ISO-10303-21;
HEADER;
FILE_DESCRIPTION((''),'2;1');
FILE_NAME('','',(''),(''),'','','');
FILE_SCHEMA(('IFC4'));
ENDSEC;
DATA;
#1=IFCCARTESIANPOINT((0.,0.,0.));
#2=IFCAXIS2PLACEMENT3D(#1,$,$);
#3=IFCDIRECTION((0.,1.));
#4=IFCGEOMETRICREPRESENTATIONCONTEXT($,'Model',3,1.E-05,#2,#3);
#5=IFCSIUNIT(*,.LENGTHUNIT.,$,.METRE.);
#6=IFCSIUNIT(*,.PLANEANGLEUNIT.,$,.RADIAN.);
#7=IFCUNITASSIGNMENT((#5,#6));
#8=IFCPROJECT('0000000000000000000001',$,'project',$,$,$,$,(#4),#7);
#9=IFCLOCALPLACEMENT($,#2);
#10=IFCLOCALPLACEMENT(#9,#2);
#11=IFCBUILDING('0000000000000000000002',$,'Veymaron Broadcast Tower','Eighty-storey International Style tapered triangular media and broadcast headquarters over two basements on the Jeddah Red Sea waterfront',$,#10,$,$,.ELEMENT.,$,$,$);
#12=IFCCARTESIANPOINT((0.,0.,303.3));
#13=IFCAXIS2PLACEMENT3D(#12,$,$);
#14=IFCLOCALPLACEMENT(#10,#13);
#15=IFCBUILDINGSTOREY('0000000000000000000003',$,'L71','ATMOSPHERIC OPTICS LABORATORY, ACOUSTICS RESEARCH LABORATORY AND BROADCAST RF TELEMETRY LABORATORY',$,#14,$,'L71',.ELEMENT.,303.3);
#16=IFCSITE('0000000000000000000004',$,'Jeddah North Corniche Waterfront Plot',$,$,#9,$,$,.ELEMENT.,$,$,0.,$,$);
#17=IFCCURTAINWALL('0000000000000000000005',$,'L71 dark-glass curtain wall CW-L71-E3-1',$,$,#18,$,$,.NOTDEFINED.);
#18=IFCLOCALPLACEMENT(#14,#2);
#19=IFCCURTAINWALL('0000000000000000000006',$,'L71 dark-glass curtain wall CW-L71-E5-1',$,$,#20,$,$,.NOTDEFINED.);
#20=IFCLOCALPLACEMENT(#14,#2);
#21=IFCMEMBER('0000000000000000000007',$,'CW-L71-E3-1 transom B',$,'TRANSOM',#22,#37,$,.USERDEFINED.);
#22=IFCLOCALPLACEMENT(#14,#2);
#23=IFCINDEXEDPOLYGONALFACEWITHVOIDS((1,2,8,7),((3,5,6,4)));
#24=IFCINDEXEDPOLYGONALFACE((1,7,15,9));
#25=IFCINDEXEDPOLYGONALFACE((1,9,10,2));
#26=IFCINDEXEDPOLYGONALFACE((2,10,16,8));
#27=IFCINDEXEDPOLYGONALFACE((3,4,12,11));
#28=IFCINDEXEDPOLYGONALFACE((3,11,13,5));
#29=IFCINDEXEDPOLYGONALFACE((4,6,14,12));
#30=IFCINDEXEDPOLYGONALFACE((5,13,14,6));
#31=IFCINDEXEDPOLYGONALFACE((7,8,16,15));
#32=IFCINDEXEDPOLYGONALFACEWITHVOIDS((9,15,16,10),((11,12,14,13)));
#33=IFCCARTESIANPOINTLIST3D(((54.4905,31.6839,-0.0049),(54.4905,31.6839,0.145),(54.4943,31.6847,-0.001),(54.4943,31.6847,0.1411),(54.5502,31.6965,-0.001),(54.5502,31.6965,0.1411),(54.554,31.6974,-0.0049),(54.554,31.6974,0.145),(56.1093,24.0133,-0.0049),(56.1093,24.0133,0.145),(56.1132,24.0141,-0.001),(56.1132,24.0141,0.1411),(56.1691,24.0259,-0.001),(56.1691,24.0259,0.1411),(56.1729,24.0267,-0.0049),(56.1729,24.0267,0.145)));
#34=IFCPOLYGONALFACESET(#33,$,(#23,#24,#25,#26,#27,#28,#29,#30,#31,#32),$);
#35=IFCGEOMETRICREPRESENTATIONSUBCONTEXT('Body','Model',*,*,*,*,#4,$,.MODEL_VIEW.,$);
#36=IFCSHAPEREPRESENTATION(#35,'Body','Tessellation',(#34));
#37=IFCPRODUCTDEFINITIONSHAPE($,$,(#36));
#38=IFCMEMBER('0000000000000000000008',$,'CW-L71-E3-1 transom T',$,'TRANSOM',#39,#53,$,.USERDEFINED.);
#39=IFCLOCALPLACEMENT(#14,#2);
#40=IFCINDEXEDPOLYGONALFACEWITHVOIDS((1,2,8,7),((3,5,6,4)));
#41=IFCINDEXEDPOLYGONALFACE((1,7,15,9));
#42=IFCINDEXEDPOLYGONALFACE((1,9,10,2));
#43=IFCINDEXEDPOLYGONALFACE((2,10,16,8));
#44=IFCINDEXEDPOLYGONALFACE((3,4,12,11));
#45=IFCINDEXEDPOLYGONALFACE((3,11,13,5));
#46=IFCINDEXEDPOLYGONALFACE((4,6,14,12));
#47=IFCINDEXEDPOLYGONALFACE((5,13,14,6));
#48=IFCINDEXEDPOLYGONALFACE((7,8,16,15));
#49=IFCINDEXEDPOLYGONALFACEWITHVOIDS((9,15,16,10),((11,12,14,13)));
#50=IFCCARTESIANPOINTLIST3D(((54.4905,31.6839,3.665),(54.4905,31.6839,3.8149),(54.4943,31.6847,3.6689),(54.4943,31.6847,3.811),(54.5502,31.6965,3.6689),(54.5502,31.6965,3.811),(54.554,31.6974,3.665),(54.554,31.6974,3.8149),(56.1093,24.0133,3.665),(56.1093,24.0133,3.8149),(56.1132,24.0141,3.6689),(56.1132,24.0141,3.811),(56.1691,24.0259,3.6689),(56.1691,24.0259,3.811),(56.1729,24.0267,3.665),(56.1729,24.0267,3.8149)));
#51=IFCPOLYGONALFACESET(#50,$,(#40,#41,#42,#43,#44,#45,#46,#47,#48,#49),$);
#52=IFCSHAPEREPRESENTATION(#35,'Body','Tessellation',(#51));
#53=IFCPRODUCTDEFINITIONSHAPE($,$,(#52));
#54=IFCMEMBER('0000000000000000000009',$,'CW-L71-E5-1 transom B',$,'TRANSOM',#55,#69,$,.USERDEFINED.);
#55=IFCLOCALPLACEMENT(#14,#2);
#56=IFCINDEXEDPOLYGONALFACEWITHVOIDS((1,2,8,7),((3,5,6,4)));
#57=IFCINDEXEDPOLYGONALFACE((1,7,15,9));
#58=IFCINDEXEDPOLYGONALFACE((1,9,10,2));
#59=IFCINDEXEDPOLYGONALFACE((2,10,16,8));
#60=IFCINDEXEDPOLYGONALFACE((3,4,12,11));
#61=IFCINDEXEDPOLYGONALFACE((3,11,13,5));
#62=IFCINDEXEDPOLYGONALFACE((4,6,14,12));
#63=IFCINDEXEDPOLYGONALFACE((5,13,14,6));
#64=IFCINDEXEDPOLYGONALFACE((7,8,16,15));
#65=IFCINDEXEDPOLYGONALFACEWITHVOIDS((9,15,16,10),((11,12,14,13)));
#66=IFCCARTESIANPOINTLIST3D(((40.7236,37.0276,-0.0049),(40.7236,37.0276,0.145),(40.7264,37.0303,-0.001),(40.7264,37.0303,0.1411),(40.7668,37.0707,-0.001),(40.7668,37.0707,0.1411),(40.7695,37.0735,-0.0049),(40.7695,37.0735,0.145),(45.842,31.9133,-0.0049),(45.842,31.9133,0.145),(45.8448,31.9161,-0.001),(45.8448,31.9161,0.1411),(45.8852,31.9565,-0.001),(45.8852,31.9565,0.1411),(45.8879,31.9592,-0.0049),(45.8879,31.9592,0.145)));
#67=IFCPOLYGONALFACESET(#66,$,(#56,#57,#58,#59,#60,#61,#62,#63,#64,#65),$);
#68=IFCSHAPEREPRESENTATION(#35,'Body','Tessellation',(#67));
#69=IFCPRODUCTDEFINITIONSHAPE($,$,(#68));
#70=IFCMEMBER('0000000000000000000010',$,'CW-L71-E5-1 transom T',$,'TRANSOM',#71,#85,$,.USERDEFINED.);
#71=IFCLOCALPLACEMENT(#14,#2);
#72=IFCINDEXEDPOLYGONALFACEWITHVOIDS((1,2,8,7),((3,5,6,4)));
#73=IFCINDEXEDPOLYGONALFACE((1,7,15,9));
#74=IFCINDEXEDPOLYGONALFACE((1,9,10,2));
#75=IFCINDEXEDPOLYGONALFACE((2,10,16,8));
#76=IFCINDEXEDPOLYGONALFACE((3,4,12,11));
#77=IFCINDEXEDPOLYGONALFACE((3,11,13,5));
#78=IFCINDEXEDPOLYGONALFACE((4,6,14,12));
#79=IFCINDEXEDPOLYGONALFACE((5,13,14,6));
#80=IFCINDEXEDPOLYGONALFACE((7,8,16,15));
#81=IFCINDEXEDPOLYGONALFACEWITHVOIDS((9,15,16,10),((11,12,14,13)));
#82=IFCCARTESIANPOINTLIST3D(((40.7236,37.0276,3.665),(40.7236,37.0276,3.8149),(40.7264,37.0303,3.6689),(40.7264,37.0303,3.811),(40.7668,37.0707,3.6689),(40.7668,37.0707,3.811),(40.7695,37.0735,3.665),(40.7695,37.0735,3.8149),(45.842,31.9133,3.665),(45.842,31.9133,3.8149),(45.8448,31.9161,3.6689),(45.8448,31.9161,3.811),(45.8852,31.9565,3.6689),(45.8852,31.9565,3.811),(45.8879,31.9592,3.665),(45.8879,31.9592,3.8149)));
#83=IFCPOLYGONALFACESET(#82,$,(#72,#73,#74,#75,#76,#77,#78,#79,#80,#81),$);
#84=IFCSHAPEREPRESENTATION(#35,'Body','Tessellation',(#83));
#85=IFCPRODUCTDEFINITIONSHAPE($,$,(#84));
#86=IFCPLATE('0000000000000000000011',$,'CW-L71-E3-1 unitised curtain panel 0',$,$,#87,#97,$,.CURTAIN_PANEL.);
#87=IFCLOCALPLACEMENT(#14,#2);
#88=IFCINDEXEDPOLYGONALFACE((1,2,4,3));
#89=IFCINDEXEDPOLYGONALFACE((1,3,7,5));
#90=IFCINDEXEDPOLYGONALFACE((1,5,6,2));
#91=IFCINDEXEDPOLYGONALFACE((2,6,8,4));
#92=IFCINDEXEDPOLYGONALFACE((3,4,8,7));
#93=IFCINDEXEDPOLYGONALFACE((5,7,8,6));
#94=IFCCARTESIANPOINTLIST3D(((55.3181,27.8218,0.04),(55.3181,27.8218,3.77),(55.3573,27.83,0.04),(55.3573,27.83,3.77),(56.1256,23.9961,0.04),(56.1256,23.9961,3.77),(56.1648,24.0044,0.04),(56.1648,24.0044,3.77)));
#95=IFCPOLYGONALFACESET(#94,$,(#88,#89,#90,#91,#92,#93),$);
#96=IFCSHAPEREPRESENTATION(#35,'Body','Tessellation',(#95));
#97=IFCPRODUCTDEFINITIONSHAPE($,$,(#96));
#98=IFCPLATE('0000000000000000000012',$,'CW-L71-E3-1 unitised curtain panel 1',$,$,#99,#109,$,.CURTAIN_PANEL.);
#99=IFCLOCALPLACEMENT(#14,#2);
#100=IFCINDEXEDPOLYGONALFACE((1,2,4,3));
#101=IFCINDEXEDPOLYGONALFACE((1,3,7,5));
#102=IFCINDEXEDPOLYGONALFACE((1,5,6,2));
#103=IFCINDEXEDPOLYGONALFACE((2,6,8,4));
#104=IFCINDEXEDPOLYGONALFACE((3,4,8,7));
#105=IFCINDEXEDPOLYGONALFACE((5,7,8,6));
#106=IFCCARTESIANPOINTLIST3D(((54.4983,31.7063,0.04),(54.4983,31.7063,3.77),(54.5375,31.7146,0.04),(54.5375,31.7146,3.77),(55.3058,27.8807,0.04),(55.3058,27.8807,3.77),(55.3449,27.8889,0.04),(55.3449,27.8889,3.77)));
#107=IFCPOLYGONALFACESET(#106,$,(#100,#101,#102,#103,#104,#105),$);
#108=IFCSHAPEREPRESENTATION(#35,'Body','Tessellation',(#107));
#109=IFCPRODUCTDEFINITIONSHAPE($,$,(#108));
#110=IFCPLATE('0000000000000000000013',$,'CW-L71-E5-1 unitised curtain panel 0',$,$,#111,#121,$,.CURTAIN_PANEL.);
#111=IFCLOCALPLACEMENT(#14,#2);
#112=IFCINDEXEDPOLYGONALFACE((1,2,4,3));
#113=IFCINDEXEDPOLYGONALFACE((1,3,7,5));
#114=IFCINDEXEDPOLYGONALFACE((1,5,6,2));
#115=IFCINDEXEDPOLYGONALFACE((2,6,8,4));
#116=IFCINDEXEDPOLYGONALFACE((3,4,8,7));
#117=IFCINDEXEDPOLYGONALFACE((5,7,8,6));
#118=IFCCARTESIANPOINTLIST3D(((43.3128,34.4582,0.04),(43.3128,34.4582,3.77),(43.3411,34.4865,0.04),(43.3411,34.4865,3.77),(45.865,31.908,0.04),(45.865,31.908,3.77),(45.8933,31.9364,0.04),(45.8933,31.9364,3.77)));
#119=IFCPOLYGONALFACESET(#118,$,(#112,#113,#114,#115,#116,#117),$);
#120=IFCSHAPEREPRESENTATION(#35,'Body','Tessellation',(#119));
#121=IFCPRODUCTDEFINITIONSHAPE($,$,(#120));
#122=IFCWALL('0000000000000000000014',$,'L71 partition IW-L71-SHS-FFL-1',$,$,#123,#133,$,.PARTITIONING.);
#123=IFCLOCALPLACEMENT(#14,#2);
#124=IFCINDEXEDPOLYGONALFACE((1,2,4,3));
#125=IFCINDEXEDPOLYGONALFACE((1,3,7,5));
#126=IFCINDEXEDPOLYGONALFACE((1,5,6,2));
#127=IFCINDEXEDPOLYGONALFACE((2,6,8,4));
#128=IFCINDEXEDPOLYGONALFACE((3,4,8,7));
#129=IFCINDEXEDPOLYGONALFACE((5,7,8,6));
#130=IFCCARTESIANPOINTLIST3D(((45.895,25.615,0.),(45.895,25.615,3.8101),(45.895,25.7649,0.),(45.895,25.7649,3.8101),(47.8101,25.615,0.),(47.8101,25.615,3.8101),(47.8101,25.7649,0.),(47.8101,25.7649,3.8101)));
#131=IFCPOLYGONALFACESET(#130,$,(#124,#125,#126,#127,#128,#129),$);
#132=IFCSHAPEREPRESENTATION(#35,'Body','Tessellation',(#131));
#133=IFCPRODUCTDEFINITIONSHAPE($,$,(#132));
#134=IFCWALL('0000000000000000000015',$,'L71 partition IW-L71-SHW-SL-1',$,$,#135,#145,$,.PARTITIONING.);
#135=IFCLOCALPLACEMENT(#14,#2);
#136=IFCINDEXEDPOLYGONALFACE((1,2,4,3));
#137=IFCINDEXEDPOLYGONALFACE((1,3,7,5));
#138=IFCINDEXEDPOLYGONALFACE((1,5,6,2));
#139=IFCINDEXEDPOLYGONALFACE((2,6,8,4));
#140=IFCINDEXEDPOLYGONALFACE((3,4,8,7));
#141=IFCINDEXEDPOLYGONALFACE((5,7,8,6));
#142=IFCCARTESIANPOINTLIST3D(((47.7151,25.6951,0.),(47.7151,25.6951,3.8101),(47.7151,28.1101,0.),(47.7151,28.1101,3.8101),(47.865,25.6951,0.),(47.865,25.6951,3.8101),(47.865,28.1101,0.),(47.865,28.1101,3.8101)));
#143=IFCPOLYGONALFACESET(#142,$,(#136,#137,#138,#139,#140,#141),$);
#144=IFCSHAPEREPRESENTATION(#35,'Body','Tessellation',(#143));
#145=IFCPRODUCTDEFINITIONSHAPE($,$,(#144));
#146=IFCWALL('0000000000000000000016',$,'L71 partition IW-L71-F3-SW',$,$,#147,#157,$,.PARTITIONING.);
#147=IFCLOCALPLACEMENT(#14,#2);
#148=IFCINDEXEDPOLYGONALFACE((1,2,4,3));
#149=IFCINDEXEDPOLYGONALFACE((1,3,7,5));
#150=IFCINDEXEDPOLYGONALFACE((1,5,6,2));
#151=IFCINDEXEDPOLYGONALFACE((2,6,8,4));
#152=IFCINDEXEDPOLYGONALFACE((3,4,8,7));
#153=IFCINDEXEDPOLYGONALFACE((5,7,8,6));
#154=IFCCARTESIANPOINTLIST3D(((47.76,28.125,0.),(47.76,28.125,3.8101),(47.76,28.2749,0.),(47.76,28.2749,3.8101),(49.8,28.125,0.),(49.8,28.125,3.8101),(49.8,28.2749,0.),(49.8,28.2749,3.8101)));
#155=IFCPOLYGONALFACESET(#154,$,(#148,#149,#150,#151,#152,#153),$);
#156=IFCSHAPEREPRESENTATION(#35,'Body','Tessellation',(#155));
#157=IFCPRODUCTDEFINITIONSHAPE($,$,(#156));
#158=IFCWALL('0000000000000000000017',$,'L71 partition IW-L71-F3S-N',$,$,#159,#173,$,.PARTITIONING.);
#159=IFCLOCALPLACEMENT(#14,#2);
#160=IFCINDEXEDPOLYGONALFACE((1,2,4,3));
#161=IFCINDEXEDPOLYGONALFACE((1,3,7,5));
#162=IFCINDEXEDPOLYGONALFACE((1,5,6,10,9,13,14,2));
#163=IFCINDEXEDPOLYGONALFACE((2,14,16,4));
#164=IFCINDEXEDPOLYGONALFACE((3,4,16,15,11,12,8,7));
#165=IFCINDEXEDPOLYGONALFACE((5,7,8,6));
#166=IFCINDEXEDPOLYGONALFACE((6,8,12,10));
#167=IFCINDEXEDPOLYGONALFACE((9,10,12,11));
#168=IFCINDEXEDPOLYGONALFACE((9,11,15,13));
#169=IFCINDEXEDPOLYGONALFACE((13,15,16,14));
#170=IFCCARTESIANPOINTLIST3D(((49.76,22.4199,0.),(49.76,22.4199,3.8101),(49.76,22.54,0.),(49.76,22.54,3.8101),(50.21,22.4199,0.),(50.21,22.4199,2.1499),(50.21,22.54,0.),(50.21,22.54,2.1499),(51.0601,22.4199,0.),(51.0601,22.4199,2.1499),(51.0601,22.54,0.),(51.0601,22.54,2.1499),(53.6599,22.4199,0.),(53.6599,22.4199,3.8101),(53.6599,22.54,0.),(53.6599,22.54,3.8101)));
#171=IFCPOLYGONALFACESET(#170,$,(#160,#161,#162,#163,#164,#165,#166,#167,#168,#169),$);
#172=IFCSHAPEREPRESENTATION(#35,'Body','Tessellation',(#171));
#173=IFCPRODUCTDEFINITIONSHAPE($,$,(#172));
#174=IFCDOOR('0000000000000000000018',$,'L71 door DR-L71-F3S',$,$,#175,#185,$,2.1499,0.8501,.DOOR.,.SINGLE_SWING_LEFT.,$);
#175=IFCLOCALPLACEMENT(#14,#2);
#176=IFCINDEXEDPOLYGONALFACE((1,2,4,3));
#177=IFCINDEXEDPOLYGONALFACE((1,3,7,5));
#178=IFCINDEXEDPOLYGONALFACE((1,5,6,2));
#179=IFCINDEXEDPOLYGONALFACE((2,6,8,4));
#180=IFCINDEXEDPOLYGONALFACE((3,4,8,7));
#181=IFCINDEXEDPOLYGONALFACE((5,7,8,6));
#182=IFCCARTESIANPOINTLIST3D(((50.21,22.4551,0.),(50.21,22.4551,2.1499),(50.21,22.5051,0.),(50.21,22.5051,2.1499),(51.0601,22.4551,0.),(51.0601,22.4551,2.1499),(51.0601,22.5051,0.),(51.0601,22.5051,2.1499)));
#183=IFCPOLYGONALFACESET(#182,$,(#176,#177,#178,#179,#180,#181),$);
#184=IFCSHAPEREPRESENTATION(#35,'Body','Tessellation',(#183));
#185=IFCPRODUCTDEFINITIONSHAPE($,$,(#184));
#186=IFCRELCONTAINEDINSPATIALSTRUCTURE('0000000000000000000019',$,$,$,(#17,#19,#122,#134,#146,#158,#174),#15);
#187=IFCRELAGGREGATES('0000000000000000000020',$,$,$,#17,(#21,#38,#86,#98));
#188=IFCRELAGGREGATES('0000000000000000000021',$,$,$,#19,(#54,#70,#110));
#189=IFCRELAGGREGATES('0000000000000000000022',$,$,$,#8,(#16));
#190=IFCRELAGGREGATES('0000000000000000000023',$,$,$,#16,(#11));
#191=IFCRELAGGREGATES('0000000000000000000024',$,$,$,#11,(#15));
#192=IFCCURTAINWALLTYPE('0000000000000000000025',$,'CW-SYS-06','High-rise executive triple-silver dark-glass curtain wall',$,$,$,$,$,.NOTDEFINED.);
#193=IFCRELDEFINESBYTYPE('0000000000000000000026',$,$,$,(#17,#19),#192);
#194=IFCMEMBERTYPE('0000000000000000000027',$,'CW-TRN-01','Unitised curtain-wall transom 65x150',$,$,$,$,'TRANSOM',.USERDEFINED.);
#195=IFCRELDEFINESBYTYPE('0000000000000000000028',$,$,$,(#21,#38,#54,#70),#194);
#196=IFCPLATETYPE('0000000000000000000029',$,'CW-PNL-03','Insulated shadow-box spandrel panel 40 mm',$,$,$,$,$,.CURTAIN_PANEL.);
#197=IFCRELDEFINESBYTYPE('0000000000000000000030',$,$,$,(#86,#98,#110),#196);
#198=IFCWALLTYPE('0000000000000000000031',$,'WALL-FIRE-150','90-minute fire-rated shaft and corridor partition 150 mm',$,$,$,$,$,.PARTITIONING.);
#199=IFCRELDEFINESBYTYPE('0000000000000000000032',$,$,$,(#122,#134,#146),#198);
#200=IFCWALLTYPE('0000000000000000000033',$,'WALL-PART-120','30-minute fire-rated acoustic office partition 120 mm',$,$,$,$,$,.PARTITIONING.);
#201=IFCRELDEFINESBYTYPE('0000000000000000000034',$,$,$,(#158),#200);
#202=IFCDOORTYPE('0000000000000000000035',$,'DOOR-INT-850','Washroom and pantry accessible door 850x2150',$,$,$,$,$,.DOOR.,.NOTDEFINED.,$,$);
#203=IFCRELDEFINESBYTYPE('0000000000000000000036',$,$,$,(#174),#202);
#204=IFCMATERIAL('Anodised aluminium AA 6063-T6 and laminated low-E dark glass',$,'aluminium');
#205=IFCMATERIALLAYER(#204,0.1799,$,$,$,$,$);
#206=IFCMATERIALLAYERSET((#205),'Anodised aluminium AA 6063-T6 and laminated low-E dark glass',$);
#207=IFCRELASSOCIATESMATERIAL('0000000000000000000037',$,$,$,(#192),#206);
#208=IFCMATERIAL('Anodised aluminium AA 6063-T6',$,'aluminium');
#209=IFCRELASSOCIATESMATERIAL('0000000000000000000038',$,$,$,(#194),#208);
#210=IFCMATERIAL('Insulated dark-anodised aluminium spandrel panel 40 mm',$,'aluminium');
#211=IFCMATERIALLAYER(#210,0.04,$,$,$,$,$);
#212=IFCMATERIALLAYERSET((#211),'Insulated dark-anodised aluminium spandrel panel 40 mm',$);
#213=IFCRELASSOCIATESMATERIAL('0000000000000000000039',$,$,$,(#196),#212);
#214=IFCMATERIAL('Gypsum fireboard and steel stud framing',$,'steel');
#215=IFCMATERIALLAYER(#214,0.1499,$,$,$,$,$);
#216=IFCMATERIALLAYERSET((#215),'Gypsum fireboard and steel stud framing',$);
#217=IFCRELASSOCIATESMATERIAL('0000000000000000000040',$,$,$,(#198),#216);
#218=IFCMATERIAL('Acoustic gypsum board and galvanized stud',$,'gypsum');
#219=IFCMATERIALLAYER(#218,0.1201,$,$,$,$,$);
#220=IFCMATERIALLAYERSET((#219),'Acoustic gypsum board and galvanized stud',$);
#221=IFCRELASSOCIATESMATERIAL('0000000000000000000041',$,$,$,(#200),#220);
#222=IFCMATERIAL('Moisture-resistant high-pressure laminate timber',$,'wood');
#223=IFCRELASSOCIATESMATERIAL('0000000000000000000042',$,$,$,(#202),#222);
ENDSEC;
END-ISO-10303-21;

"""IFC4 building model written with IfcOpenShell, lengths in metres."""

from ifc_helpers import new_model, si_unit, direction, frame, frame_2d, origin, origin_2d, place, context, subcontext, project, spatial, rectangle, hollow_rectangle, extrude, material, layer, layer_set, material_profile, profile_set, type_object, element, fill, aggregate, save


model = new_model("IFC4")

# Units and contexts
model_context = context("Model", 3, precision=1e-05, world=origin(), true_north=direction((0.0, 1.0)))
body_context = subcontext(model_context, "Body", "Model", "MODEL_VIEW")
ifc_project = project(units=[si_unit("LENGTHUNIT", "METRE"), si_unit("PLANEANGLEUNIT", "RADIAN")], contexts=[model_context])

# Site, building, storey
site_placement = place(None, origin())
site = spatial("IfcSite", under=ifc_project, at=site_placement, Name="Jeddah North Corniche Waterfront Plot", CompositionType="ELEMENT", RefElevation=0.0)
building_placement = place(site_placement, origin())
building = spatial("IfcBuilding", under=site, at=building_placement, Name="Veymaron Broadcast Tower", Description="Eighty-storey International Style tapered triangular media and broadcast headquarters over two basements on the Jeddah Red Sea waterfront", CompositionType="ELEMENT")
storey_placement = place(building_placement, frame((0.0, 0.0, 303.3)))
storey = spatial("IfcBuildingStorey", under=building, at=storey_placement, Name="L71", Description="ATMOSPHERIC OPTICS LABORATORY, ACOUSTICS RESEARCH LABORATORY AND BROADCAST RF TELEMETRY LABORATORY", LongName="L71", CompositionType="ELEMENT", Elevation=303.3)

# Shared definitions
ifc_material_1 = material(Name="Anodised aluminium AA 6063-T6 and laminated low-E dark glass", Category="aluminium")
ifc_layer_1 = layer(ifc_material_1, 0.1799)
ifc_layer_set_1 = layer_set([ifc_layer_1], Name="Anodised aluminium AA 6063-T6 and laminated low-E dark glass")
curtain_wall_type = type_object("IfcCurtainWallType", Name="CW-SYS-06", Description="High-rise executive triple-silver dark-glass curtain wall", PredefinedType="NOTDEFINED", material=ifc_layer_set_1)
ifc_material_2 = material(Name="Anodised aluminium AA 6063-T6", Category="aluminium")

# Curtain wall
curtain_wall_1_placement = place(storey_placement, origin())
curtain_wall_1 = element("IfcCurtainWall", 1, at=curtain_wall_1_placement, inside=storey, type_object=curtain_wall_type, Name="L71 dark-glass curtain wall CW-L71-E3-1", PredefinedType="NOTDEFINED")

# Curtain wall
curtain_wall_2_placement = place(storey_placement, origin())
curtain_wall_2 = element("IfcCurtainWall", 2, at=curtain_wall_2_placement, inside=storey, type_object=curtain_wall_type, Name="L71 dark-glass curtain wall CW-L71-E5-1", PredefinedType="NOTDEFINED")

# Members
ifc_material_profile_1 = material_profile(ifc_material_2, hollow_rectangle(XDim=0.0649, YDim=0.1499, WallThickness=0.0039, at=origin_2d()), Name="AL150X65X4")
ifc_profile_set_1 = profile_set([ifc_material_profile_1], Name="Anodised aluminium AA 6063-T6")
member_type_1 = type_object("IfcMemberType", Name="CW-TRN-01", Description="Unitised curtain-wall transom 65x150", ElementType="TRANSOM", PredefinedType="USERDEFINED", material=ifc_profile_set_1)
member_1_placement = place(storey_placement, frame((56.1411, 24.02, 0.0701), z_axis=(-0.206502, 0.978446, 0.0), x_axis=(-0.978446, -0.206502, 0.0)))
member_1 = element("IfcMember", 3, at=member_1_placement, type_object=member_type_1, Name="CW-L71-E3-1 transom B", ObjectType="TRANSOM", PredefinedType="USERDEFINED", context=body_context, shape_type="SweptSolid", body=[
    extrude(hollow_rectangle(XDim=0.0649, YDim=0.1499, WallThickness=0.0039, at=origin_2d()), origin(), (0.0, 0.0, 1.0), 7.8396),
])
member_2_placement = place(storey_placement, frame((56.1411, 24.02, 3.74), z_axis=(-0.206502, 0.978446, 0.0), x_axis=(-0.978446, -0.206502, 0.0)))
member_2 = element("IfcMember", 4, at=member_2_placement, type_object=member_type_1, Name="CW-L71-E3-1 transom T", ObjectType="TRANSOM", PredefinedType="USERDEFINED", context=body_context, shape_type="SweptSolid", body=[
    extrude(hollow_rectangle(XDim=0.0649, YDim=0.1499, WallThickness=0.0039, at=origin_2d()), origin(), (0.0, 0.0, 1.0), 7.8396),
])
member_3_placement = place(storey_placement, frame((45.865, 31.9363, 0.0701), z_axis=(-0.707394, 0.70682, 0.0), x_axis=(-0.70682, -0.707394, 0.0)))
member_3 = element("IfcMember", 5, at=member_3_placement, type_object=member_type_1, Name="CW-L71-E5-1 transom B", ObjectType="TRANSOM", PredefinedType="USERDEFINED", context=body_context, shape_type="SweptSolid", body=[
    extrude(hollow_rectangle(XDim=0.0649, YDim=0.1499, WallThickness=0.0039, at=origin_2d()), origin(), (0.0, 0.0, 1.0), 7.2356),
])
member_4_placement = place(storey_placement, frame((45.865, 31.9363, 3.74), z_axis=(-0.707394, 0.70682, 0.0), x_axis=(-0.70682, -0.707394, 0.0)))
member_4 = element("IfcMember", 6, at=member_4_placement, type_object=member_type_1, Name="CW-L71-E5-1 transom T", ObjectType="TRANSOM", PredefinedType="USERDEFINED", context=body_context, shape_type="SweptSolid", body=[
    extrude(hollow_rectangle(XDim=0.0649, YDim=0.1499, WallThickness=0.0039, at=origin_2d()), origin(), (0.0, 0.0, 1.0), 7.2356),
])

# Plates
ifc_material_3 = material(Name="Insulated dark-anodised aluminium spandrel panel 40 mm", Category="aluminium")
ifc_layer_2 = layer(ifc_material_3, 0.04)
ifc_layer_set_2 = layer_set([ifc_layer_2], Name="Insulated dark-anodised aluminium spandrel panel 40 mm")
plate_type = type_object("IfcPlateType", Name="CW-PNL-03", Description="Insulated shadow-box spandrel panel 40 mm", PredefinedType="CURTAIN_PANEL", material=ifc_layer_set_2)
plate_1_placement = place(storey_placement, frame((55.7415, 25.9131, 0.04), z_axis=(0.0, 0.0, 1.0), x_axis=(-0.206512, 0.978444, 0.0)))
plate_1 = element("IfcPlate", 7, at=plate_1_placement, type_object=plate_type, Name="CW-L71-E3-1 unitised curtain panel 0", PredefinedType="CURTAIN_PANEL", context=body_context, shape_type="SweptSolid", body=[
    extrude(rectangle(XDim=3.9099, YDim=0.04, at=origin_2d()), origin(), (0.0, 0.0, 1.0), 3.73),
])
plate_2_placement = place(storey_placement, frame((54.9216, 29.7976, 0.04), z_axis=(0.0, 0.0, 1.0), x_axis=(-0.206512, 0.978444, 0.0)))
plate_2 = element("IfcPlate", 8, at=plate_2_placement, type_object=plate_type, Name="CW-L71-E3-1 unitised curtain panel 1", PredefinedType="CURTAIN_PANEL", context=body_context, shape_type="SweptSolid", body=[
    extrude(rectangle(XDim=3.9099, YDim=0.04, at=origin_2d()), origin(), (0.0, 0.0, 1.0), 3.73),
])
aggregate(curtain_wall_1, [member_1, member_2, plate_1, plate_2])
plate_3_placement = place(storey_placement, frame((44.603, 33.1973, 0.04), z_axis=(0.0, 0.0, 1.0), x_axis=(-0.707403, 0.706811, 0.0)))
plate_3 = element("IfcPlate", 9, at=plate_3_placement, type_object=plate_type, Name="CW-L71-E5-1 unitised curtain panel 0", PredefinedType="CURTAIN_PANEL", context=body_context, shape_type="SweptSolid", body=[
    extrude(rectangle(XDim=3.6079, YDim=0.04, at=origin_2d()), origin(), (0.0, 0.0, 1.0), 3.73),
])
aggregate(curtain_wall_2, [member_3, member_4, plate_3])

# Shared definitions
ifc_material_4 = material(Name="Gypsum fireboard and steel stud framing", Category="steel")
ifc_layer_3 = layer(ifc_material_4, 0.1499)
ifc_layer_set_3 = layer_set([ifc_layer_3], Name="Gypsum fireboard and steel stud framing")
wall_type_1 = type_object("IfcWallType", Name="WALL-FIRE-150", Description="90-minute fire-rated shaft and corridor partition 150 mm", PredefinedType="PARTITIONING", material=ifc_layer_set_3)

# Wall
wall_1_placement = place(storey_placement, frame((45.895, 25.6899, 0.0), z_axis=(0.0, 0.0, 1.0), x_axis=(1.0, 0.0, 0.0)))
element("IfcWall", 10, at=wall_1_placement, inside=storey, type_object=wall_type_1, Name="L71 partition IW-L71-SHS-FFL-1", PredefinedType="PARTITIONING", context=body_context, shape_type="SweptSolid", body=[
    extrude(rectangle(XDim=1.915, YDim=0.1499, at=frame_2d((0.9575, 0.0))), origin(), (0.0, 0.0, 1.0), 3.8101),
])

# Walls
wall_2_placement = place(storey_placement, frame((47.79, 25.6951, 0.0), z_axis=(0.0, 0.0, 1.0), x_axis=(0.0, 1.0, 0.0)))
element("IfcWall", 11, at=wall_2_placement, inside=storey, type_object=wall_type_1, Name="L71 partition IW-L71-SHW-SL-1", PredefinedType="PARTITIONING", context=body_context, shape_type="SweptSolid", body=[
    extrude(rectangle(XDim=2.415, YDim=0.1499, at=frame_2d((1.2075, 0.0))), origin(), (0.0, 0.0, 1.0), 3.8101),
])
wall_3_placement = place(storey_placement, frame((47.76, 28.2, 0.0), z_axis=(0.0, 0.0, 1.0), x_axis=(1.0, 0.0, 0.0)))
element("IfcWall", 12, at=wall_3_placement, inside=storey, type_object=wall_type_1, Name="L71 partition IW-L71-F3-SW", PredefinedType="PARTITIONING", context=body_context, shape_type="SweptSolid", body=[
    extrude(rectangle(XDim=2.04, YDim=0.1499, at=frame_2d((1.02, 0.0))), origin(), (0.0, 0.0, 1.0), 3.8101),
])

# Wall, opening, door
ifc_material_5 = material(Name="Acoustic gypsum board and galvanized stud", Category="gypsum")
ifc_layer_4 = layer(ifc_material_5, 0.1201)
ifc_layer_set_4 = layer_set([ifc_layer_4], Name="Acoustic gypsum board and galvanized stud")
wall_type_2 = type_object("IfcWallType", Name="WALL-PART-120", Description="30-minute fire-rated acoustic office partition 120 mm", PredefinedType="PARTITIONING", material=ifc_layer_set_4)
wall_4_placement = place(storey_placement, frame((49.76, 22.48, 0.0), z_axis=(0.0, 0.0, 1.0), x_axis=(1.0, 0.0, 0.0)))
wall_4 = element("IfcWall", 13, at=wall_4_placement, inside=storey, type_object=wall_type_2, Name="L71 partition IW-L71-F3S-N", PredefinedType="PARTITIONING", context=body_context, shape_type="SweptSolid", body=[
    extrude(rectangle(XDim=3.8999, YDim=0.1201, at=frame_2d((1.95, 0.0))), origin(), (0.0, 0.0, 1.0), 3.8101),
])
opening_1_placement = place(wall_4_placement, frame((0.45, 0.0, 0.0)))
opening_1 = element("IfcOpeningElement", 14, at=opening_1_placement, cuts=wall_4, PredefinedType="OPENING", context=body_context, shape_type="SweptSolid", body=[
    extrude(rectangle(XDim=0.8501, YDim=2.1499, at=frame_2d((0.425, 1.075))), frame((0.0, 0.0701, 0.0), z_axis=(0.0, -1.0, 0.0), x_axis=(1.0, 0.0, 0.0)), (0.0, 0.0, 1.0), 0.1401),
])
ifc_material_6 = material(Name="Moisture-resistant high-pressure laminate timber", Category="wood")
door_type_1 = type_object("IfcDoorType", Name="DOOR-INT-850", Description="Washroom and pantry accessible door 850x2150", OperationType="NOTDEFINED", PredefinedType="DOOR", material=ifc_material_6)
door_1_placement = place(opening_1_placement, frame((0.8501, 0.0, 0.0), z_axis=(0.0, 0.0, 1.0), x_axis=(-1.0, 0.0, 0.0)))
door_1 = element("IfcDoor", 15, at=door_1_placement, inside=storey, type_object=door_type_1, Name="L71 door DR-L71-F3S", OperationType="SINGLE_SWING_LEFT", OverallHeight=2.1499, OverallWidth=0.8501, PredefinedType="DOOR", context=body_context, shape_type="SweptSolid", body=[
    extrude(rectangle(XDim=0.8501, YDim=2.1499, at=frame_2d((0.425, 1.075))), frame((0.0, 0.0249, 0.0), z_axis=(0.0, -1.0, 0.0), x_axis=(1.0, 0.0, 0.0)), (0.0, 0.0, 1.0), 0.05),
])
fill(opening_1, door_1)

save(model, "model.ifc")
